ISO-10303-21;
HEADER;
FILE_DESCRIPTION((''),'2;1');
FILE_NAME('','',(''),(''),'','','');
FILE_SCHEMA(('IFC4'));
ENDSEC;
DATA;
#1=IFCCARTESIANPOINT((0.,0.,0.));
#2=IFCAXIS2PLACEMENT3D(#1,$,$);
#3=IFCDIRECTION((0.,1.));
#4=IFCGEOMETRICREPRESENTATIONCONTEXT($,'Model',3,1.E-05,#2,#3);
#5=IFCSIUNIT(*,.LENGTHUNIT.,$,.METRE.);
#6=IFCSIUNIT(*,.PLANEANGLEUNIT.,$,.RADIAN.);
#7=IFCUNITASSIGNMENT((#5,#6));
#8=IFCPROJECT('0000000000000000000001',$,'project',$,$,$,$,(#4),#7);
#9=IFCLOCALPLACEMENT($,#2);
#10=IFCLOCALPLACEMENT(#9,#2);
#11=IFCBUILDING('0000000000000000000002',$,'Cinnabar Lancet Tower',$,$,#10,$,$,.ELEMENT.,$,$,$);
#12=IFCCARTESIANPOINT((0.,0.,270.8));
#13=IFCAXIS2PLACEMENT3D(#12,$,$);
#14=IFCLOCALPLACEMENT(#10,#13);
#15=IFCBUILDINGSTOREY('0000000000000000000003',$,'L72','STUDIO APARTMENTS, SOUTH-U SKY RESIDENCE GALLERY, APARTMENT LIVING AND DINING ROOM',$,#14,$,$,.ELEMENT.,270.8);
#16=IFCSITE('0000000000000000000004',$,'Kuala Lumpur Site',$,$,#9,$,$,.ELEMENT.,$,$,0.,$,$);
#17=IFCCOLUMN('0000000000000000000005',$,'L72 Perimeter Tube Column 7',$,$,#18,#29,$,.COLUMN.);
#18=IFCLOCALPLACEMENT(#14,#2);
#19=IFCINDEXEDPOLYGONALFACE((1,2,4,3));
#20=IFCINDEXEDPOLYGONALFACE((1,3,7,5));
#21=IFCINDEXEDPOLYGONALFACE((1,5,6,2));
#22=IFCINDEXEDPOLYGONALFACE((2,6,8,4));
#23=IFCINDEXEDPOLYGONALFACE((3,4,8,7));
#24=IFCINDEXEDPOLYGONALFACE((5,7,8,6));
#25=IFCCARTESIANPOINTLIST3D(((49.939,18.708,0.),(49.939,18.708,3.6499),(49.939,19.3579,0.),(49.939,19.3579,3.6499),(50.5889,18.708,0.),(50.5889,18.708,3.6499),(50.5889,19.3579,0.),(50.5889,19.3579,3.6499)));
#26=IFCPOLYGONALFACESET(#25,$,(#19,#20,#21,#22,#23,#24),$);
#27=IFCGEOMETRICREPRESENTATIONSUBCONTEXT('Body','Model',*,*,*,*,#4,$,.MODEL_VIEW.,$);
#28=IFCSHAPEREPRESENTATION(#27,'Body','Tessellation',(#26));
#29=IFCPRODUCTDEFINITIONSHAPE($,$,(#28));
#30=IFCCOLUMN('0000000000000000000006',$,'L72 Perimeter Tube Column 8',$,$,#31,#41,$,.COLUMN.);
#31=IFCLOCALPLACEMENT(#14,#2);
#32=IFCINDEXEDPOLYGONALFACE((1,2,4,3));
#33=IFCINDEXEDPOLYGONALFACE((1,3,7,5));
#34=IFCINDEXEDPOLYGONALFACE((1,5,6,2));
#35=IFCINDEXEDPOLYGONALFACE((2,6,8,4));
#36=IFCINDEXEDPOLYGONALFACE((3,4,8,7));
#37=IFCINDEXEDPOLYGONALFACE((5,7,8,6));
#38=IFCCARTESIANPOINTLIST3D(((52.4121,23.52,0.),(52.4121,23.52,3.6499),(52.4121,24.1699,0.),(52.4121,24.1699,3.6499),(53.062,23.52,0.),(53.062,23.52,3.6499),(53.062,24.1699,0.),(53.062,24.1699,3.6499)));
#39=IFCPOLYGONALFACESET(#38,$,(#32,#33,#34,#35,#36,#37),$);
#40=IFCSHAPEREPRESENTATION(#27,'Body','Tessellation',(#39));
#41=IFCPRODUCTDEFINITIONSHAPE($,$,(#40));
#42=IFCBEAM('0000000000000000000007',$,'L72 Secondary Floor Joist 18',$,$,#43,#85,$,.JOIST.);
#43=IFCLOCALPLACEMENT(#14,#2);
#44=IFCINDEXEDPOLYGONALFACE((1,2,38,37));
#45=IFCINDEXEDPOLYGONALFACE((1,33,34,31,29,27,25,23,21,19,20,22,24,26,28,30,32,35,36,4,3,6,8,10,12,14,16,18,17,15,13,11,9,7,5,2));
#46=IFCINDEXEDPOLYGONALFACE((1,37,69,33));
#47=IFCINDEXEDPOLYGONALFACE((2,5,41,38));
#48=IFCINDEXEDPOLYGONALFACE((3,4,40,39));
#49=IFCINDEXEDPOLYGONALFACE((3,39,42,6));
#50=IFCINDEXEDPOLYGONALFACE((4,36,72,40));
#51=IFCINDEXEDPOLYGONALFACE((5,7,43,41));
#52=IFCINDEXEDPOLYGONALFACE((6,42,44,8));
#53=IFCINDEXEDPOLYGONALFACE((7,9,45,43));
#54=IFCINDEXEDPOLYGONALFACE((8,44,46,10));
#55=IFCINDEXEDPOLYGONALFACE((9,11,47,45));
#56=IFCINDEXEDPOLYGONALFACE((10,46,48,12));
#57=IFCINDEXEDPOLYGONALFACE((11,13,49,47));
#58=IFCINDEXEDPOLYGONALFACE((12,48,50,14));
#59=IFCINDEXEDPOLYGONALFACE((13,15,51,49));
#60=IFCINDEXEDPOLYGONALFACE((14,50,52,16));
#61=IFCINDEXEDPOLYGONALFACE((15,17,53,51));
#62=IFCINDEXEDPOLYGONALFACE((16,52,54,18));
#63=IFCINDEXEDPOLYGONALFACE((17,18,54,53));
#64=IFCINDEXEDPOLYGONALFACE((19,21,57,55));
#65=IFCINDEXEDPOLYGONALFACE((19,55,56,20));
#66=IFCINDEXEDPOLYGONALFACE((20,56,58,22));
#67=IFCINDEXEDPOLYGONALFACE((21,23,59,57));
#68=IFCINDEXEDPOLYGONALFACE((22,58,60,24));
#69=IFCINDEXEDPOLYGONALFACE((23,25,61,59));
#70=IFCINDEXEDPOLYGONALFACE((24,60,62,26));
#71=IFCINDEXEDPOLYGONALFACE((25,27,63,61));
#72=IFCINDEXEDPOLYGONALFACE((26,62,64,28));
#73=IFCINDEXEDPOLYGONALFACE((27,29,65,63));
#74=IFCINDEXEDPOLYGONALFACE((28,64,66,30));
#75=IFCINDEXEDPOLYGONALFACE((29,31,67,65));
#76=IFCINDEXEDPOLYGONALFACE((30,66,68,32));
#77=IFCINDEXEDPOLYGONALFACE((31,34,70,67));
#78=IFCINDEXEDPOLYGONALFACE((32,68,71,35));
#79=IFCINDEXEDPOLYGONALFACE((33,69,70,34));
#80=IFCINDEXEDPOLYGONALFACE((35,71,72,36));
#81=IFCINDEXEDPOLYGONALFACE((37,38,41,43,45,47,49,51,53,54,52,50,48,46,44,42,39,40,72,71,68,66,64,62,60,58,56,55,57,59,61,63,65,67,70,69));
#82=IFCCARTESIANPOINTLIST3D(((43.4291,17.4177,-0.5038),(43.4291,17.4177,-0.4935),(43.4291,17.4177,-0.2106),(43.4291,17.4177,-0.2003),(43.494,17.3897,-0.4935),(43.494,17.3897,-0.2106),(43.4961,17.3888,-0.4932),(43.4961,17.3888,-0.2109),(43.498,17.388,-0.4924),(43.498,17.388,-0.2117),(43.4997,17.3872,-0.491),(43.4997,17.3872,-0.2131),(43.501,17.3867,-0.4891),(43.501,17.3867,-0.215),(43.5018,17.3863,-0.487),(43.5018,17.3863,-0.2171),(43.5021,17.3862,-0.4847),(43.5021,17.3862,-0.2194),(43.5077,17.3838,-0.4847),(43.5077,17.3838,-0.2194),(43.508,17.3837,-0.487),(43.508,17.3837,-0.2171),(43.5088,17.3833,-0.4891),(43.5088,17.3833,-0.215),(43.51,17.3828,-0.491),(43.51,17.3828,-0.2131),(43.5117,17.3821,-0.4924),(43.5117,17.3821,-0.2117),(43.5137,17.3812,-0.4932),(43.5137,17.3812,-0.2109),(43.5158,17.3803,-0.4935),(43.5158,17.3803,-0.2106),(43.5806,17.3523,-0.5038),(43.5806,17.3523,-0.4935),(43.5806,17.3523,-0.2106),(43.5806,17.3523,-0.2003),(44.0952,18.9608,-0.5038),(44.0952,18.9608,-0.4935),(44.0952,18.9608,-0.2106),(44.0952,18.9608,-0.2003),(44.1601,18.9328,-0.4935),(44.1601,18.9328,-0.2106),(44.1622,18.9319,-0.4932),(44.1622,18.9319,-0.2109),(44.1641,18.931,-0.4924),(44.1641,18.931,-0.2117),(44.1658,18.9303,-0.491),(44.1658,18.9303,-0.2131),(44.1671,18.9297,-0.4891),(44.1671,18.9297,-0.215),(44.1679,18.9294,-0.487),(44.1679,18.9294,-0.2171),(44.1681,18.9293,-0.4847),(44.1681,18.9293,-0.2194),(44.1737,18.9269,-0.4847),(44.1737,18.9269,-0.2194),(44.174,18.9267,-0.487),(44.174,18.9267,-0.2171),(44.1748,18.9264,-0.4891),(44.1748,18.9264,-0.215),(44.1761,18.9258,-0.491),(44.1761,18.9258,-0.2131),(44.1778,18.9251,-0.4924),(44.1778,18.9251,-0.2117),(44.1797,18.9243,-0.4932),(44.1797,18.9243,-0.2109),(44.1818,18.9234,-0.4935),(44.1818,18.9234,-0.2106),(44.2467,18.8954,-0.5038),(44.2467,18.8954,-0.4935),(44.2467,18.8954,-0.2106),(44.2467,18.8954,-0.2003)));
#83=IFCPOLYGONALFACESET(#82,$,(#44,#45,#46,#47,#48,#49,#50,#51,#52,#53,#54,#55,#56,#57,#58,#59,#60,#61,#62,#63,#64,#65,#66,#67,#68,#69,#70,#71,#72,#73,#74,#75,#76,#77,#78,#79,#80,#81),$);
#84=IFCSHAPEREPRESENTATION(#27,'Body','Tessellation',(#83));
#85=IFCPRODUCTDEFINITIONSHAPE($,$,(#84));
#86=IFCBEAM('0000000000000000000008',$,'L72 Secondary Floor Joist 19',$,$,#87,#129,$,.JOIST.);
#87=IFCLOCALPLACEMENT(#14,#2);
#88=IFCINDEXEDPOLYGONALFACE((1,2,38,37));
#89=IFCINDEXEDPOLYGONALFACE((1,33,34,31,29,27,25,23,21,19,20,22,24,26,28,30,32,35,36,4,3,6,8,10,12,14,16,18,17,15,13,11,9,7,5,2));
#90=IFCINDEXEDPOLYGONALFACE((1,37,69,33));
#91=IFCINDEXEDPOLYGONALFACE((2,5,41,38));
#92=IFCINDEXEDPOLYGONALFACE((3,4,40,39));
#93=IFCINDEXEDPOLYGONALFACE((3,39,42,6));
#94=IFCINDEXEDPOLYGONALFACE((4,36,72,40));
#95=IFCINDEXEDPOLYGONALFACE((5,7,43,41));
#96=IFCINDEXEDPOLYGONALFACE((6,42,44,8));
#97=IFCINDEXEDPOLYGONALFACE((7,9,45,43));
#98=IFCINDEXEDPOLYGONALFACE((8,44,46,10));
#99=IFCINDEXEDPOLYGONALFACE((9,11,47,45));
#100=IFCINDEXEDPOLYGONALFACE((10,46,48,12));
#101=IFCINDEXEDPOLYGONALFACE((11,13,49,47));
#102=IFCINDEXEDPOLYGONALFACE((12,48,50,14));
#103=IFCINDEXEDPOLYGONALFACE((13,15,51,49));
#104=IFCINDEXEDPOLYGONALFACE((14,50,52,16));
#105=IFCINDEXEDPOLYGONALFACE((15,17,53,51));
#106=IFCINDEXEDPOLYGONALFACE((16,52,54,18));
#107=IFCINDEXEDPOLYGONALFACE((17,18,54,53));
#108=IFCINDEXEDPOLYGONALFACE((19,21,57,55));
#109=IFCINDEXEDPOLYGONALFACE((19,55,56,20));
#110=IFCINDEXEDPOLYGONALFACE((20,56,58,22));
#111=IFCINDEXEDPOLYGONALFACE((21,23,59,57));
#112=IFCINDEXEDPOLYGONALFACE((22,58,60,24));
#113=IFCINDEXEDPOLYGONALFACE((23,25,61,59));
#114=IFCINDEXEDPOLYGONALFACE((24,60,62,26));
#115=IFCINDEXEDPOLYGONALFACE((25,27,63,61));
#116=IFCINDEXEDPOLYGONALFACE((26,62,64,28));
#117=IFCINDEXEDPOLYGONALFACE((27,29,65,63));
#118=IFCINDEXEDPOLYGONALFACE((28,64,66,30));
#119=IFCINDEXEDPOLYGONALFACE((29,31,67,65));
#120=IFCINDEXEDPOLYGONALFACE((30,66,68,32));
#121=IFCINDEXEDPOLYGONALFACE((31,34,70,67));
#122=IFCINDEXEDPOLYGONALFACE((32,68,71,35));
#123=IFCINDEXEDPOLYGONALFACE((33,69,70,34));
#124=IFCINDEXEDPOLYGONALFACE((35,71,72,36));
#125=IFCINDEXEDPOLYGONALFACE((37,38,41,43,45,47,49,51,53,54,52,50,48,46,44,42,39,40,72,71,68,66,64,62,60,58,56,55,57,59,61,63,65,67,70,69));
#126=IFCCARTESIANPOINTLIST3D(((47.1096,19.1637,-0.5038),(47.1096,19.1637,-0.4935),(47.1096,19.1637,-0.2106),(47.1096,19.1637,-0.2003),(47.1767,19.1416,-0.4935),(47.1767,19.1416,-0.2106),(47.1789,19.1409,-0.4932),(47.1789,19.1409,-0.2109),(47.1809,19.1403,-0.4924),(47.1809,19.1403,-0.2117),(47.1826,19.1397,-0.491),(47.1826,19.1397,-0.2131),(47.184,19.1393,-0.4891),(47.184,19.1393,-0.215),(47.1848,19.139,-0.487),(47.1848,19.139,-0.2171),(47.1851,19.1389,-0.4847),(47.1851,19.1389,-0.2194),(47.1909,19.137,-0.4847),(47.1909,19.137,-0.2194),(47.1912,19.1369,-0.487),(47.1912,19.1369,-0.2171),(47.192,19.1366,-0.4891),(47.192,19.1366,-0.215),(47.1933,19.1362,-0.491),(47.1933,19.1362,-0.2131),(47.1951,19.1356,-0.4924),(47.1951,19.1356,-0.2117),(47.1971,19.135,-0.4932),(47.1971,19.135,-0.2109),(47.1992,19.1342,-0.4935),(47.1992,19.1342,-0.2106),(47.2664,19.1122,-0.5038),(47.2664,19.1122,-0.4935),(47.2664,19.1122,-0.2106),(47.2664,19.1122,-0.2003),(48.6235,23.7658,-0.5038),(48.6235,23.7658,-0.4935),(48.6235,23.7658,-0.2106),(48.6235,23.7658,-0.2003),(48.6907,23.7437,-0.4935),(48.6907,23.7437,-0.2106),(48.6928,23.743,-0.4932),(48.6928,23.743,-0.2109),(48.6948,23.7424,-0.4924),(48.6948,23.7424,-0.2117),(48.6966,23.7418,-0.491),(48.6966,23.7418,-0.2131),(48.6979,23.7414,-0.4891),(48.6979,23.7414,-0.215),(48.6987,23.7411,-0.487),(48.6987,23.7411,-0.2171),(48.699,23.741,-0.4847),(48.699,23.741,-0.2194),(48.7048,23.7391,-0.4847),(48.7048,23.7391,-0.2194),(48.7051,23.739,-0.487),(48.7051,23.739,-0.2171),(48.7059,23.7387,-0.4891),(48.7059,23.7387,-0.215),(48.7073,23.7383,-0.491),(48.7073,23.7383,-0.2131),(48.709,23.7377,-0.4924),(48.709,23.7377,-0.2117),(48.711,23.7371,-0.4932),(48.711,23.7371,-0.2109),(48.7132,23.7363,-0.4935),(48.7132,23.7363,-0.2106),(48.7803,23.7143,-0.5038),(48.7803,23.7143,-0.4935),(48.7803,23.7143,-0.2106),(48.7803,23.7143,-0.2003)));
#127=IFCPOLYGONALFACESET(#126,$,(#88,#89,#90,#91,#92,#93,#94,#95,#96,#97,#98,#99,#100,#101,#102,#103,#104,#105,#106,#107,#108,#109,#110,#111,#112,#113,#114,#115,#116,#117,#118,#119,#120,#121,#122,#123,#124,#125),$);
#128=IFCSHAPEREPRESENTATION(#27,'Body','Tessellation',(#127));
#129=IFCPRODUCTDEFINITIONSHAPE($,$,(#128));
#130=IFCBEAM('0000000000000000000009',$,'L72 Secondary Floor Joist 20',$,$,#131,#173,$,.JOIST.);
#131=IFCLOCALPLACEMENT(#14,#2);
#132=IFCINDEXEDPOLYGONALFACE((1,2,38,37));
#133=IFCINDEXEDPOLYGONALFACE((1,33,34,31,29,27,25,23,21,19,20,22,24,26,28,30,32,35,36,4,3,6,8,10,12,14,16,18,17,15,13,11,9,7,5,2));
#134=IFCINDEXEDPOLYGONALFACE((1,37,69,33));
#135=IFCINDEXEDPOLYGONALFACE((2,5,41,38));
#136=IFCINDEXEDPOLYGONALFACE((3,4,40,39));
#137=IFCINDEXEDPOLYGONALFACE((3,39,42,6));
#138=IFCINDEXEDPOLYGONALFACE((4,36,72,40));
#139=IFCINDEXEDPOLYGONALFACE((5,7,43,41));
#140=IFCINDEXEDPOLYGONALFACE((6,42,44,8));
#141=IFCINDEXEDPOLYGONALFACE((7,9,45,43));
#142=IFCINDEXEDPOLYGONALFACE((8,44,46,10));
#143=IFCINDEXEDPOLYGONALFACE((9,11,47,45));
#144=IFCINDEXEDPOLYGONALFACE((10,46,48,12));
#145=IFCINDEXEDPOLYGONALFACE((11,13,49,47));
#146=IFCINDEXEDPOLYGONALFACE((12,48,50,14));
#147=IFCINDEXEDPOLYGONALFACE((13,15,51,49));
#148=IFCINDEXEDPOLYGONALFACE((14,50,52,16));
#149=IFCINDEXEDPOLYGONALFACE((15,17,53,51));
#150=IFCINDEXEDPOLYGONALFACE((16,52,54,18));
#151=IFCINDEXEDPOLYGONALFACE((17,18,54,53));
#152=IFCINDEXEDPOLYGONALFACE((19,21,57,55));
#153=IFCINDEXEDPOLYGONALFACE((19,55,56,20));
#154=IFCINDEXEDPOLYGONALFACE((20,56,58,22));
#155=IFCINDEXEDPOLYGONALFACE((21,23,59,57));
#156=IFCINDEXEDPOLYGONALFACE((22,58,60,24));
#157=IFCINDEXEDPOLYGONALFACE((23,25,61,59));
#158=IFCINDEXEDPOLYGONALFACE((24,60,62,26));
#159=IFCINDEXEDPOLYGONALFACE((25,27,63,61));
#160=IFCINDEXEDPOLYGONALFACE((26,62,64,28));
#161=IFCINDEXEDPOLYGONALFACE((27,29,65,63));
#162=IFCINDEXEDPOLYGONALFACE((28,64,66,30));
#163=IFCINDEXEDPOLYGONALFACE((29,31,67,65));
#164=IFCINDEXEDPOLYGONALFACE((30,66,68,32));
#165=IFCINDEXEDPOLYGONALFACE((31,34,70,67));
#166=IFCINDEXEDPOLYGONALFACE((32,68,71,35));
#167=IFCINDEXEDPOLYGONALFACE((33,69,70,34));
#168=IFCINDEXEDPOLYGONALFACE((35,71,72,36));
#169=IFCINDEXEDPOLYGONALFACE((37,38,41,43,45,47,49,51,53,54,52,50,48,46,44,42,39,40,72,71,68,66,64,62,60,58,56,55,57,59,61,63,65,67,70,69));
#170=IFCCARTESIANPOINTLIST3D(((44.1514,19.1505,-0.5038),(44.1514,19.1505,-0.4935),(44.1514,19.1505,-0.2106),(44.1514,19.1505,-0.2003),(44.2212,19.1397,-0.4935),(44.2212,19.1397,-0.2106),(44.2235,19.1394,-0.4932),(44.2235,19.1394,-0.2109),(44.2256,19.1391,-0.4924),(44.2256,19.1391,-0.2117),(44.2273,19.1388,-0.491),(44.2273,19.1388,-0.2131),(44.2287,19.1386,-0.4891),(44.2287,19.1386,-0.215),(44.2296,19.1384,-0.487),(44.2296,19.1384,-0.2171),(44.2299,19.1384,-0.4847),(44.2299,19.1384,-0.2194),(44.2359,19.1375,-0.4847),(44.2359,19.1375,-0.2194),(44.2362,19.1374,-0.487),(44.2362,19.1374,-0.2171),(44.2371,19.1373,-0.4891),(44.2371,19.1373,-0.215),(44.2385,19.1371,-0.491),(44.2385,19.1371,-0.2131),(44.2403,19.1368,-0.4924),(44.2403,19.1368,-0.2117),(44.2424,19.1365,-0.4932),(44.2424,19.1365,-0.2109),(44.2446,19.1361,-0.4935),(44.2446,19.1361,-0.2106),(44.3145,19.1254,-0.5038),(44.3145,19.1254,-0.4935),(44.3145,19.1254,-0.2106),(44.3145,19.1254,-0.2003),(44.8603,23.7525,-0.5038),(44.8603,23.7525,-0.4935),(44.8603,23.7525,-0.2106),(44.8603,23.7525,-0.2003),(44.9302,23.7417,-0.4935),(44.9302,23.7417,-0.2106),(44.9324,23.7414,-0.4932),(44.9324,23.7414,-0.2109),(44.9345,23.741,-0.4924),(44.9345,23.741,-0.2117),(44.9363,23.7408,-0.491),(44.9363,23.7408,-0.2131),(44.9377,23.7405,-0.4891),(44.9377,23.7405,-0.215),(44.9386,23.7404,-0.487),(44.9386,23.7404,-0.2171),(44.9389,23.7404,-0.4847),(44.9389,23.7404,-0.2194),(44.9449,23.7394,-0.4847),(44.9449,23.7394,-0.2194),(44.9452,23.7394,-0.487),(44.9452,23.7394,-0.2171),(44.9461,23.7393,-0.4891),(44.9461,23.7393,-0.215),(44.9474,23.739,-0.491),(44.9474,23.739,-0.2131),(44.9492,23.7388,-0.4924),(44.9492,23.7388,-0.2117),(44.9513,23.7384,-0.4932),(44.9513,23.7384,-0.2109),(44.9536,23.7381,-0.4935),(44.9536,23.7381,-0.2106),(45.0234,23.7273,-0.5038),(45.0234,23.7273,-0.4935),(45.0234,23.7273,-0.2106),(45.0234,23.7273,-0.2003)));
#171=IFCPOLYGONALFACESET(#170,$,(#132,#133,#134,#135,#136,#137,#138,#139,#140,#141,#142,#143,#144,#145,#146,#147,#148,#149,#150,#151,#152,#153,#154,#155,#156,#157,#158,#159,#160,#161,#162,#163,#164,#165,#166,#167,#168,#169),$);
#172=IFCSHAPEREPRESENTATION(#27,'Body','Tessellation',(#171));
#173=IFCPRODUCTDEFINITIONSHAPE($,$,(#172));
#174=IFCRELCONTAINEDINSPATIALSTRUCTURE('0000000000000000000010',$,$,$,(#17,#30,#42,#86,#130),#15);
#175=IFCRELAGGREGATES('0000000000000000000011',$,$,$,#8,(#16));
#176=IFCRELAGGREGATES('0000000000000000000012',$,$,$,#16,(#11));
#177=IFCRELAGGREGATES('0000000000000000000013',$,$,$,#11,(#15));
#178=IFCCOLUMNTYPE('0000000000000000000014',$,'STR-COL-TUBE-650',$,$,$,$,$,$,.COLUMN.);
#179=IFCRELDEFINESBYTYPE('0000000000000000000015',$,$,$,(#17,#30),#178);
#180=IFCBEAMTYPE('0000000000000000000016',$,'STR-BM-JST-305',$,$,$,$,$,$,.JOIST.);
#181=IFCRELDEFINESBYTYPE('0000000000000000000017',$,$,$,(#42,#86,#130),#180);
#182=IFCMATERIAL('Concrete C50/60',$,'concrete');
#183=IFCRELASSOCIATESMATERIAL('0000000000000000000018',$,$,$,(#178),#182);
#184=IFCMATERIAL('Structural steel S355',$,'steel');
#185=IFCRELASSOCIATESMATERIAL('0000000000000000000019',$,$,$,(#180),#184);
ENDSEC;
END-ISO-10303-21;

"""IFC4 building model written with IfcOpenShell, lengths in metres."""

from ifc_helpers import new_model, si_unit, direction, frame, origin, origin_2d, place, context, subcontext, project, spatial, rectangle, i_section, extrude, material, material_profile, profile_set, type_object, element, save


model = new_model("IFC4")

# Units and contexts
model_context = context("Model", 3, precision=1e-05, world=origin(), true_north=direction((0.0, 1.0)))
body_context = subcontext(model_context, "Body", "Model", "MODEL_VIEW")
ifc_project = project(units=[si_unit("LENGTHUNIT", "METRE"), si_unit("PLANEANGLEUNIT", "RADIAN")], contexts=[model_context])

# Site, building, storey
site_placement = place(None, origin())
site = spatial("IfcSite", under=ifc_project, at=site_placement, Name="Kuala Lumpur Site", CompositionType="ELEMENT", RefElevation=0.0)
building_placement = place(site_placement, origin())
building = spatial("IfcBuilding", under=site, at=building_placement, Name="Cinnabar Lancet Tower", CompositionType="ELEMENT")
storey_placement = place(building_placement, frame((0.0, 0.0, 270.8)))
storey = spatial("IfcBuildingStorey", under=building, at=storey_placement, Name="L72", Description="STUDIO APARTMENTS, SOUTH-U SKY RESIDENCE GALLERY, APARTMENT LIVING AND DINING ROOM", CompositionType="ELEMENT", Elevation=270.8)

# Columns
ifc_material_1 = material(Name="Concrete C50/60", Category="concrete")
ifc_material_profile_1 = material_profile(ifc_material_1, rectangle(XDim=0.6499, YDim=0.6499, at=origin_2d()), Name="RC-COL 650x650")
ifc_profile_set_1 = profile_set([ifc_material_profile_1], Name="Concrete C50/60")
column_type = type_object("IfcColumnType", Name="STR-COL-TUBE-650", PredefinedType="COLUMN", material=ifc_profile_set_1)
for number, where, z_axis, x_axis, name in (
    (1, (50.2639, 19.033, 0.0), (0.0, 0.0, 1.0), (1.0, 0.0, 0.0), "L72 Perimeter Tube Column 7"),
    (2, (52.7371, 23.845, 0.0), (0.0, 0.0, 1.0), (1.0, 0.0, 0.0), "L72 Perimeter Tube Column 8"),
):
    element("IfcColumn", number, at=place(storey_placement, frame(where, z_axis=z_axis, x_axis=x_axis)), inside=storey, type_object=column_type, Name=name, PredefinedType="COLUMN", context=body_context, shape_type="SweptSolid", body=[
        extrude(rectangle(XDim=0.6499, YDim=0.6499, at=origin_2d()), origin(), (0.0, 0.0, 1.0), 3.6499),
    ])

# Beams
ifc_material_2 = material(Name="Structural steel S355", Category="steel")
ifc_material_profile_2 = material_profile(ifc_material_2, i_section(OverallWidth=0.165, OverallDepth=0.3035, WebThickness=0.0061, FlangeThickness=0.0103, FilletRadius=0.0088, at=origin_2d()), Name="UKB 305x165x40")
ifc_profile_set_2 = profile_set([ifc_material_profile_2], Name="Structural steel S355")
beam_type_1 = type_object("IfcBeamType", Name="STR-BM-JST-305", PredefinedType="JOIST", material=ifc_profile_set_2)
beam_1_placement = place(storey_placement, frame((43.5049, 17.385, -0.3521), z_axis=(0.396302, 0.91812, 0.0), x_axis=(-0.91812, 0.396302, 0.0)))
element("IfcBeam", 3, at=beam_1_placement, inside=storey, type_object=beam_type_1, Name="L72 Secondary Floor Joist 18", PredefinedType="JOIST", context=body_context, shape_type="SweptSolid", body=[
    extrude(i_section(OverallWidth=0.165, OverallDepth=0.3035, WebThickness=0.0061, FlangeThickness=0.0103, FilletRadius=0.0088, at=origin_2d()), origin(), (0.0, 0.0, 1.0), 1.6807),
])
beam_2_placement = place(storey_placement, frame((47.188, 19.1379, -0.3521), z_axis=(0.312491, 0.949921, 0.0), x_axis=(-0.949921, 0.312491, 0.0)))
element("IfcBeam", 4, at=beam_2_placement, inside=storey, type_object=beam_type_1, Name="L72 Secondary Floor Joist 19", PredefinedType="JOIST", context=body_context, shape_type="SweptSolid", body=[
    extrude(i_section(OverallWidth=0.165, OverallDepth=0.3035, WebThickness=0.0061, FlangeThickness=0.0103, FilletRadius=0.0088, at=origin_2d()), origin(), (0.0, 0.0, 1.0), 4.8447),
])
beam_3_placement = place(storey_placement, frame((44.2329, 19.1379, -0.3521), z_axis=(0.152262, 0.98834, 0.0), x_axis=(-0.98834, 0.152262, 0.0)))
element("IfcBeam", 5, at=beam_3_placement, inside=storey, type_object=beam_type_1, Name="L72 Secondary Floor Joist 20", PredefinedType="JOIST", context=body_context, shape_type="SweptSolid", body=[
    extrude(i_section(OverallWidth=0.165, OverallDepth=0.3035, WebThickness=0.0061, FlangeThickness=0.0103, FilletRadius=0.0088, at=origin_2d()), origin(), (0.0, 0.0, 1.0), 4.6562),
])

save(model, "model.ifc")
